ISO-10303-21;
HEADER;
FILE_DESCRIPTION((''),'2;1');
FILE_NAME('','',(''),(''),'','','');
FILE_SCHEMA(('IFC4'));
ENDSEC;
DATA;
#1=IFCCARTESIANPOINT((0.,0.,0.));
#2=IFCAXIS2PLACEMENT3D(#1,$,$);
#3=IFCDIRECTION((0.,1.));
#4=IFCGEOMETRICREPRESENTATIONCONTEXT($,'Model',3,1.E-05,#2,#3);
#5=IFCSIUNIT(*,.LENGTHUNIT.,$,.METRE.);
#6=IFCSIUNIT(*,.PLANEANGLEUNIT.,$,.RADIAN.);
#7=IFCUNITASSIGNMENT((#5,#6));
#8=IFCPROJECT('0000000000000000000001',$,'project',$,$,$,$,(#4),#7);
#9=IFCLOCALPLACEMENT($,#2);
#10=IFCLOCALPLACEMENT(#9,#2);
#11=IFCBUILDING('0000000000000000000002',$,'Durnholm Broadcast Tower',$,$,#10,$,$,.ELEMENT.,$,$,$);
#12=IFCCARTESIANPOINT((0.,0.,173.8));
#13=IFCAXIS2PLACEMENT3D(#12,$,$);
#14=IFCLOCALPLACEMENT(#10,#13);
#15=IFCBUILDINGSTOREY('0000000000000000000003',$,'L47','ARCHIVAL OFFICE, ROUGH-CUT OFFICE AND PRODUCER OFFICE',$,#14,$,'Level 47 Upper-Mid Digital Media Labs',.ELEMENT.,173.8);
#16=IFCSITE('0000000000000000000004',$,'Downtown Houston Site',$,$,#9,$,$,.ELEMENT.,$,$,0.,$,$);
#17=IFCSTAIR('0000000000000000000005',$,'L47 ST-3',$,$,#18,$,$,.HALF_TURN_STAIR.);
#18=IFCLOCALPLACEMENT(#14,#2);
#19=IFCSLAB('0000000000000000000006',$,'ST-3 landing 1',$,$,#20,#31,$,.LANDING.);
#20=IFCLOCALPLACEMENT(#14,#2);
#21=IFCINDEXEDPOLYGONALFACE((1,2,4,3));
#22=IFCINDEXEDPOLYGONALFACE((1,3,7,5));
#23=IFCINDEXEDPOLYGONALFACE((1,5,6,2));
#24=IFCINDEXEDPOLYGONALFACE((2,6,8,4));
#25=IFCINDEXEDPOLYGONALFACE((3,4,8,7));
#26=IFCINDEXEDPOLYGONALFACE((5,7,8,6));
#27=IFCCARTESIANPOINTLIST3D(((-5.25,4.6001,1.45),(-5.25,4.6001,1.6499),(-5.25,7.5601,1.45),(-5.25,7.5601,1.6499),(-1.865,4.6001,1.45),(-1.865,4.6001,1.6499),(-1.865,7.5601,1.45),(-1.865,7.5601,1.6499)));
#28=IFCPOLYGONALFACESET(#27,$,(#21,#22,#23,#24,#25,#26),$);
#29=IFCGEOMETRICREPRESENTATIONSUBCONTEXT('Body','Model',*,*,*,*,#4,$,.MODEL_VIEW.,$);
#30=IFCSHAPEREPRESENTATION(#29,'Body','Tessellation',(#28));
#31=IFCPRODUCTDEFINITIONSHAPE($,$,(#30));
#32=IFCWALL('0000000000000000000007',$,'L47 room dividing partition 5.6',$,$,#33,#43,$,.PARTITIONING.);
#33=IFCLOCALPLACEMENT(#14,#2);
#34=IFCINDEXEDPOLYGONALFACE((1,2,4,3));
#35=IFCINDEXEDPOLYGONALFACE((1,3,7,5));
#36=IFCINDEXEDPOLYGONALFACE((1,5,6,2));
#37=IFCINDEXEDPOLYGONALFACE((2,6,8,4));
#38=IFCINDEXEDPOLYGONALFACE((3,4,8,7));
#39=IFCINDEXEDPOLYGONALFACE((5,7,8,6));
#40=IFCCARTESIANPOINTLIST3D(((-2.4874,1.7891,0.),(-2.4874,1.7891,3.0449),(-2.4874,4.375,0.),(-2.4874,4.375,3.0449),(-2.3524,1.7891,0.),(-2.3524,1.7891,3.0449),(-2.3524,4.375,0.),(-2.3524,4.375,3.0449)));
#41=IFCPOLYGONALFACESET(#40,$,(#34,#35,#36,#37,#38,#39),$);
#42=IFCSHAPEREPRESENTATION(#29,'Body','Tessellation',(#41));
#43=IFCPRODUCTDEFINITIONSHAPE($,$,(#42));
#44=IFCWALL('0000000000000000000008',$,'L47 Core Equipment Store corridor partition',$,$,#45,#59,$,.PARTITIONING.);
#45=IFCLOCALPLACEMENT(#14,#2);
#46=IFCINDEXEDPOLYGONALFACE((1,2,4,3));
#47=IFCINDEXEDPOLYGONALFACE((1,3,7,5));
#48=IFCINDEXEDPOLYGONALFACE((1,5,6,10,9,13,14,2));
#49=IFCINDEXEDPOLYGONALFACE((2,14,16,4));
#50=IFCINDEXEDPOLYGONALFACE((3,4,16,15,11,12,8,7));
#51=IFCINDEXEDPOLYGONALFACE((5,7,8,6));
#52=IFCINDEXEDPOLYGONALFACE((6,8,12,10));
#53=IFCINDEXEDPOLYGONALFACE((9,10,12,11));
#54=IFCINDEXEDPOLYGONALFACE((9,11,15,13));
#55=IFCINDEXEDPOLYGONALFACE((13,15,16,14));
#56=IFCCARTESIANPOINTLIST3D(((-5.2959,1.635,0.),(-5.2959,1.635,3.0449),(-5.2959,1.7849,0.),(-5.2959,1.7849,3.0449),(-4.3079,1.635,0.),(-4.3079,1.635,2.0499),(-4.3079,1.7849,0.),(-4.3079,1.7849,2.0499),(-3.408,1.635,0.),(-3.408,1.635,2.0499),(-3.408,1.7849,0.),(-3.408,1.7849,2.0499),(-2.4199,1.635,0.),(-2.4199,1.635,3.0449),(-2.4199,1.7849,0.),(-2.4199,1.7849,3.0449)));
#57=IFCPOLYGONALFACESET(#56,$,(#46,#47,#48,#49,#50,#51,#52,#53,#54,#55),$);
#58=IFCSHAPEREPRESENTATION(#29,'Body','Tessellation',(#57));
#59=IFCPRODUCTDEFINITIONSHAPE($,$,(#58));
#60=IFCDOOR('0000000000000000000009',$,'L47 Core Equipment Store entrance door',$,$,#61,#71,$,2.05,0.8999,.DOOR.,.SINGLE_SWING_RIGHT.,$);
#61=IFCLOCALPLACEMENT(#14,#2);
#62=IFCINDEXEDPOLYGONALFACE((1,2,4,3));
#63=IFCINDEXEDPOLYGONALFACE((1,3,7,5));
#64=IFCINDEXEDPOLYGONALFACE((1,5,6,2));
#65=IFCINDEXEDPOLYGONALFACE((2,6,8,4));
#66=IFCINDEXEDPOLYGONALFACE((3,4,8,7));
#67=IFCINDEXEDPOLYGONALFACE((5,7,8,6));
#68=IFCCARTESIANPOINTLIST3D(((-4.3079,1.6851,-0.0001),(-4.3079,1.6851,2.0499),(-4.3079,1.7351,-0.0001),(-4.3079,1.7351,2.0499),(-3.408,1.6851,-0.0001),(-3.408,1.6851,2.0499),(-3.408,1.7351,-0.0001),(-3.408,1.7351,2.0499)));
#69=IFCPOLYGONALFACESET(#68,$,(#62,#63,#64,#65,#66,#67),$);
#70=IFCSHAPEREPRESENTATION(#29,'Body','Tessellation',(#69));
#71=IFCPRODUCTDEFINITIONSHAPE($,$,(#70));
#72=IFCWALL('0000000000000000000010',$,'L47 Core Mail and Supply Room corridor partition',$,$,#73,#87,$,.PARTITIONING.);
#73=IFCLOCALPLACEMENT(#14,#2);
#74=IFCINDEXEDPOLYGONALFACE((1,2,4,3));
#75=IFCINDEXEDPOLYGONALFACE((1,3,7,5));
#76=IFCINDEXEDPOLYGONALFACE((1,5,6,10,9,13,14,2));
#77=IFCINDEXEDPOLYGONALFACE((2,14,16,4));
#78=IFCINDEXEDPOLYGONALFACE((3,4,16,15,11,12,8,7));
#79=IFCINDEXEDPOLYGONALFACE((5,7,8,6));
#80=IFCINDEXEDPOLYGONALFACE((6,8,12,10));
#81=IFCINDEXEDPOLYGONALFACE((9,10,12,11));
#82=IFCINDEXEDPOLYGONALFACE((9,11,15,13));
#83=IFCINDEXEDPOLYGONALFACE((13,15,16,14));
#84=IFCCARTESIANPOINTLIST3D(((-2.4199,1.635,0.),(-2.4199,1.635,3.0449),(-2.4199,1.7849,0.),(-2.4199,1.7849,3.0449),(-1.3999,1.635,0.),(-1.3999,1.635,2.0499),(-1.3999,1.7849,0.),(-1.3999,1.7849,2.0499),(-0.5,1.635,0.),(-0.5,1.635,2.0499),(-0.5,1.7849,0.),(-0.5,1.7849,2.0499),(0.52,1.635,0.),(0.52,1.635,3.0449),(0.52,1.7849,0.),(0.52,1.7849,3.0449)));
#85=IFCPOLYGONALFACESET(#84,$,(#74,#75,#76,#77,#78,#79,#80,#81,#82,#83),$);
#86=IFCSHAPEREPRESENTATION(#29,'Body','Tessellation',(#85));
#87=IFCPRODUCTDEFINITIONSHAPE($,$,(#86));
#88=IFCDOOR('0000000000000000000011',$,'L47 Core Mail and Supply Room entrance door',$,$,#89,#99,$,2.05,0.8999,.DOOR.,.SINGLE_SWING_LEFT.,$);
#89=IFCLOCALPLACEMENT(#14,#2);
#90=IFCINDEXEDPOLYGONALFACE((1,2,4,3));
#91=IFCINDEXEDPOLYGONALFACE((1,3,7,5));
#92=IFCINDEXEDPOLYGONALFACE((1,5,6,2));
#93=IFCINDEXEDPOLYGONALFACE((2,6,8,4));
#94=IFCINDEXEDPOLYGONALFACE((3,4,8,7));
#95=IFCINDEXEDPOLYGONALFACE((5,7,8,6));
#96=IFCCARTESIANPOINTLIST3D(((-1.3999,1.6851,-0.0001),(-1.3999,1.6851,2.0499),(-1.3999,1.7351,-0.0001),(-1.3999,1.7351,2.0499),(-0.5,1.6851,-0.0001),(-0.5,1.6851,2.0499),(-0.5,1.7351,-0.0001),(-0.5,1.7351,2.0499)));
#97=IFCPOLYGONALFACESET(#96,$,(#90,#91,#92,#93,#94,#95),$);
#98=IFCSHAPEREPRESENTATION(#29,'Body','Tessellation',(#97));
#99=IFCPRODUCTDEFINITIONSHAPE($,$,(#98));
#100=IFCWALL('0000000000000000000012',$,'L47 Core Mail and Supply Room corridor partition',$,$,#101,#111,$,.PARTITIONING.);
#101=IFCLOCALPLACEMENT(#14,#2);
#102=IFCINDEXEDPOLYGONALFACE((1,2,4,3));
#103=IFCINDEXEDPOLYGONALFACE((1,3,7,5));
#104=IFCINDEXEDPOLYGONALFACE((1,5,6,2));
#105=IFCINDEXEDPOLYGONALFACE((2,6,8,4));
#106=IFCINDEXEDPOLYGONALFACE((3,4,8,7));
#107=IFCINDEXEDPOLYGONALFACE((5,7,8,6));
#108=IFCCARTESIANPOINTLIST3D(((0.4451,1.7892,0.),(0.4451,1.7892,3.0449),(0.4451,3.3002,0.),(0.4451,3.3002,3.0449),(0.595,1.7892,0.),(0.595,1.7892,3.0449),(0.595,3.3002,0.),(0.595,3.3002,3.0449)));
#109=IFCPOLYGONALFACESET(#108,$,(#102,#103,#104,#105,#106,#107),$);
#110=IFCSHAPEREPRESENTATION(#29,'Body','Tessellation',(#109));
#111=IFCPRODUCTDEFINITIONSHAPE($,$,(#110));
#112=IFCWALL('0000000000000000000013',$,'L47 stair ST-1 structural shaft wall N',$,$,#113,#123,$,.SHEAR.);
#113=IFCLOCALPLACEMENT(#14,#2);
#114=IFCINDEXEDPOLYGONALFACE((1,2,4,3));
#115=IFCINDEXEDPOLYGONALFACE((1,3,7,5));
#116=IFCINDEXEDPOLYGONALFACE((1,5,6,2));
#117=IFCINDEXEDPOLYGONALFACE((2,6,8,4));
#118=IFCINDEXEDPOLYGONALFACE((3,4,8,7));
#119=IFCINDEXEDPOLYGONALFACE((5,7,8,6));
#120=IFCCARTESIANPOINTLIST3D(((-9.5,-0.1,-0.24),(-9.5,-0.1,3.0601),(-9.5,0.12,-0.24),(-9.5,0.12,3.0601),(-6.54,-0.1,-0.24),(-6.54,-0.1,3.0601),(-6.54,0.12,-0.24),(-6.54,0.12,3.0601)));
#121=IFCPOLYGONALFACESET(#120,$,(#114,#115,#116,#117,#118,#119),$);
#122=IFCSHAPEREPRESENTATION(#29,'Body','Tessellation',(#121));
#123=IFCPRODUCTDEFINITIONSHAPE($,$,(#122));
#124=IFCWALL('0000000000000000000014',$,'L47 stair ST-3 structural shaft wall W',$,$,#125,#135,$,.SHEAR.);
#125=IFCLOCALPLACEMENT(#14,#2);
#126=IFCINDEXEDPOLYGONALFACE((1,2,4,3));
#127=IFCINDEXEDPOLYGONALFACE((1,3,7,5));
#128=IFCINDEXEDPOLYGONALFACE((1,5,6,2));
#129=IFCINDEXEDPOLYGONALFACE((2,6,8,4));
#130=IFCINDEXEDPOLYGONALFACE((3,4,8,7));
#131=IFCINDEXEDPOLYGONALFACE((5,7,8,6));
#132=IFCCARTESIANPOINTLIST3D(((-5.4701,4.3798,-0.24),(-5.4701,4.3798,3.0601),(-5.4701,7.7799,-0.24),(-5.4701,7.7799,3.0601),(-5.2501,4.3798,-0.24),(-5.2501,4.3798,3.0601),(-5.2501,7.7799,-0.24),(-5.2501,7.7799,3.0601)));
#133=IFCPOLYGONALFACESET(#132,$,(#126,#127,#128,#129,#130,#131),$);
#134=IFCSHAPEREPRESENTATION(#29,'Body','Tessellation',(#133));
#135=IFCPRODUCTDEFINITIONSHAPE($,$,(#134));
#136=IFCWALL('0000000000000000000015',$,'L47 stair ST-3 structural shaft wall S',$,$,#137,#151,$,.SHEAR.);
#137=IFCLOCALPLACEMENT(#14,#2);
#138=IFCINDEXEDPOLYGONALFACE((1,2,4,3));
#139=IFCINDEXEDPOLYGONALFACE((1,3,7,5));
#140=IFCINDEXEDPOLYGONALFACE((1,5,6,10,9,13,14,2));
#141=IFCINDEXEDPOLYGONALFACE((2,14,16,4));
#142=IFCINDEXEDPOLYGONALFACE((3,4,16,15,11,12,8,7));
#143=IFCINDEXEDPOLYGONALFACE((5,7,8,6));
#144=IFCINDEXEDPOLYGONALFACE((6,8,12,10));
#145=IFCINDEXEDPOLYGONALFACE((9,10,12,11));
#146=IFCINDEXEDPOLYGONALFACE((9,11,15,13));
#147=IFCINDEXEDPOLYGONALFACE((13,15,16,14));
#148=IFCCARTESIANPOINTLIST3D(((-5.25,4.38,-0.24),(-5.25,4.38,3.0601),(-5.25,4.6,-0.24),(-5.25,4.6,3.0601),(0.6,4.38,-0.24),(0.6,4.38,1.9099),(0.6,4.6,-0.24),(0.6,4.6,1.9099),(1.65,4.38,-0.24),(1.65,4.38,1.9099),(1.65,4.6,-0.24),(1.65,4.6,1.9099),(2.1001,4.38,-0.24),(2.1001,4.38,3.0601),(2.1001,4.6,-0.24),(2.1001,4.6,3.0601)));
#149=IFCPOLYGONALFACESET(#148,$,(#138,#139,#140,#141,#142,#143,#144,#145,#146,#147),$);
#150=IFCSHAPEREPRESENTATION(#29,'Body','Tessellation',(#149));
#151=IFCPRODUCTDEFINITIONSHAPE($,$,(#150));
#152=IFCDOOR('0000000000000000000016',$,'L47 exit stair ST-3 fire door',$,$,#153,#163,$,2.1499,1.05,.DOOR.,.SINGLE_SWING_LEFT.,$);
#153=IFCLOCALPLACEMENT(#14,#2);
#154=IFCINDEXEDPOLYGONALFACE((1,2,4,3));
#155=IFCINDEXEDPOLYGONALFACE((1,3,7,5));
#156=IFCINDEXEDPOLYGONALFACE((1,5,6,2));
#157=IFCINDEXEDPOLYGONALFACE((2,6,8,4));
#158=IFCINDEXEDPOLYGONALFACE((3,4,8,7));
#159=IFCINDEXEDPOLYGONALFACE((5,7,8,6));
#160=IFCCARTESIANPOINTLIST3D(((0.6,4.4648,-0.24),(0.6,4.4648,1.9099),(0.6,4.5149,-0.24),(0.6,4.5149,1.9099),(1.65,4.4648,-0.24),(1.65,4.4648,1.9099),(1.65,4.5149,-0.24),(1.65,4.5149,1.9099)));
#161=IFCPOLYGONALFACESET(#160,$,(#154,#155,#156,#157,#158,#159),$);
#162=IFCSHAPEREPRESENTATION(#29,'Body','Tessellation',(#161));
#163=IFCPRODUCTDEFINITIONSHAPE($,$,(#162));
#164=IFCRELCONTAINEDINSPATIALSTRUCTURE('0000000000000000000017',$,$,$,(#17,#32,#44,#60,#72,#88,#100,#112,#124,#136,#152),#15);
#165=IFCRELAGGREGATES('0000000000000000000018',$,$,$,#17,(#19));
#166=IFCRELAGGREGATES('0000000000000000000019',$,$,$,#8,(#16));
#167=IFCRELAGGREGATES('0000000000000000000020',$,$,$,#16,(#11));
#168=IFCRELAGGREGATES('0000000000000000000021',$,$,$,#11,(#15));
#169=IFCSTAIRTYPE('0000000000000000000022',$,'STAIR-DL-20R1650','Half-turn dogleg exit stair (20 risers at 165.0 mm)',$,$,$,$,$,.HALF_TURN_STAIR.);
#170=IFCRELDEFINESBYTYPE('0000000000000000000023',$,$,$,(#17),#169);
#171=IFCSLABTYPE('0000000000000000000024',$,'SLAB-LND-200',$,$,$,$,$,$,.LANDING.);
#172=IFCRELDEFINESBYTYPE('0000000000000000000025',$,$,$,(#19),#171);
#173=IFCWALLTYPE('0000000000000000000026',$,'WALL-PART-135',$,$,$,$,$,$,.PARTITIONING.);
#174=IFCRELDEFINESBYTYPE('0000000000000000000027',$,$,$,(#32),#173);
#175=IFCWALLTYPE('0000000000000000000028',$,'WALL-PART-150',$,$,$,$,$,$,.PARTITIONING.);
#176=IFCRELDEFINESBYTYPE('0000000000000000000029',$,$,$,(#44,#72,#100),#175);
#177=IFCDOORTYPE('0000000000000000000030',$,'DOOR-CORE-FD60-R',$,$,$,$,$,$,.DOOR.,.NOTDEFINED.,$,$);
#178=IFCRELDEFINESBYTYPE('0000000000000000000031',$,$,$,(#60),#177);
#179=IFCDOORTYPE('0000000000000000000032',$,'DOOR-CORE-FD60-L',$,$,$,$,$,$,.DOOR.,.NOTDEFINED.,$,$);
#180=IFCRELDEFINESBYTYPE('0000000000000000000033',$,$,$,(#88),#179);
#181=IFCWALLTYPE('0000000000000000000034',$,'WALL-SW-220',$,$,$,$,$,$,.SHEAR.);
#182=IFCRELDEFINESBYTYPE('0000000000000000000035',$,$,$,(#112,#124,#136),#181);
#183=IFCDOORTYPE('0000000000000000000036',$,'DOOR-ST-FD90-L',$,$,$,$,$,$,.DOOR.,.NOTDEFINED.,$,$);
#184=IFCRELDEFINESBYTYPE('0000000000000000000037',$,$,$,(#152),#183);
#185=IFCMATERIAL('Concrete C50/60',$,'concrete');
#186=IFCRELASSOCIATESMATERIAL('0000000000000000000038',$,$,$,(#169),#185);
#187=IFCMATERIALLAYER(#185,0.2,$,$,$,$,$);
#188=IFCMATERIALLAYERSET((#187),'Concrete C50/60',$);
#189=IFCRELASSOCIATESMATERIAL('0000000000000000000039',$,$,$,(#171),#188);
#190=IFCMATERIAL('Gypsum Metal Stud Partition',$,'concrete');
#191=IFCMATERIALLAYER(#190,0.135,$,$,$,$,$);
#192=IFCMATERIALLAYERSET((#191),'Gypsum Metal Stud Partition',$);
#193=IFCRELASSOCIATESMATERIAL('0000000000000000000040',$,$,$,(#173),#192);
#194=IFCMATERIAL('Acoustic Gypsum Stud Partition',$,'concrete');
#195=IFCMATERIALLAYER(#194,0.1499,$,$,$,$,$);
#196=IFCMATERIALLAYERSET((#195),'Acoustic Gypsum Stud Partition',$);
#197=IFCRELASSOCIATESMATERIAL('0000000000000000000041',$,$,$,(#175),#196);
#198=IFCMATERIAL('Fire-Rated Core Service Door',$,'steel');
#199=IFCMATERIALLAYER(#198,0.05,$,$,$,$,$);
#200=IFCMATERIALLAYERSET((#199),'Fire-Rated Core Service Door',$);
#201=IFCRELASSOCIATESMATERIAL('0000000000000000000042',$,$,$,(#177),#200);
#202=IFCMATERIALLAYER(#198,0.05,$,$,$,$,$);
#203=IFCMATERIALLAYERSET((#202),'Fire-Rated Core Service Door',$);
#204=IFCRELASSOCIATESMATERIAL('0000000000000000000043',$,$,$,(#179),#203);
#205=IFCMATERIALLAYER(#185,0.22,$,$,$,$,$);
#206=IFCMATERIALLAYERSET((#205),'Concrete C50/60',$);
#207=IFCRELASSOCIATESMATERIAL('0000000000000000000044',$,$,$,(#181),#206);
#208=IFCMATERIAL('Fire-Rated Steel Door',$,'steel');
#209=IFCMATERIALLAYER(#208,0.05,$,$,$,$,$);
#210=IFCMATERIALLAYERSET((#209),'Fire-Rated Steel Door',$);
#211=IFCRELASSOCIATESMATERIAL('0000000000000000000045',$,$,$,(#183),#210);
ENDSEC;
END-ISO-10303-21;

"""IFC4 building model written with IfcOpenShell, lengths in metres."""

from ifc_helpers import new_model, si_unit, direction, frame, frame_2d, origin, place, context, subcontext, project, spatial, polyline, rectangle, outline, extrude, source, transform, mapped, material, layer, layer_set, type_object, type_shapes, element, fill, aggregate, save


model = new_model("IFC4")

# Units and contexts
model_context = context("Model", 3, precision=1e-05, world=origin(), true_north=direction((0.0, 1.0)))
body_context = subcontext(model_context, "Body", "Model", "MODEL_VIEW")
ifc_project = project(units=[si_unit("LENGTHUNIT", "METRE"), si_unit("PLANEANGLEUNIT", "RADIAN")], contexts=[model_context])

# Site, building, storey
site_placement = place(None, origin())
site = spatial("IfcSite", under=ifc_project, at=site_placement, Name="Downtown Houston Site", CompositionType="ELEMENT", RefElevation=0.0)
building_placement = place(site_placement, origin())
building = spatial("IfcBuilding", under=site, at=building_placement, Name="Durnholm Broadcast Tower", CompositionType="ELEMENT")
storey_placement = place(building_placement, frame((0.0, 0.0, 173.8)))
storey = spatial("IfcBuildingStorey", under=building, at=storey_placement, Name="L47", Description="ARCHIVAL OFFICE, ROUGH-CUT OFFICE AND PRODUCER OFFICE", LongName="Level 47 Upper-Mid Digital Media Labs", CompositionType="ELEMENT", Elevation=173.8)

# Stair, slab
ifc_material_1 = material(Name="Concrete C50/60", Category="concrete")
stair_type = type_object("IfcStairType", Name="STAIR-DL-20R1650", Description="Half-turn dogleg exit stair (20 risers at 165.0 mm)", PredefinedType="HALF_TURN_STAIR", material=ifc_material_1)
stair_placement = place(storey_placement, origin())
stair = element("IfcStair", 1, at=stair_placement, inside=storey, type_object=stair_type, Name="L47 ST-3", PredefinedType="HALF_TURN_STAIR")
ifc_layer_1 = layer(ifc_material_1, 0.2)
ifc_layer_set_1 = layer_set([ifc_layer_1], Name="Concrete C50/60")
slab_type = type_object("IfcSlabType", Name="SLAB-LND-200", PredefinedType="LANDING", material=ifc_layer_set_1)
slab_placement = place(storey_placement, frame((0.0, 0.0, 1.45)))
slab = element("IfcSlab", 2, at=slab_placement, type_object=slab_type, Name="ST-3 landing 1", PredefinedType="LANDING", context=body_context, shape_type="SweptSolid", body=[
    extrude(outline(polyline([(-1.865, 7.5601), (-5.25, 7.5601), (-5.25, 4.6001), (-1.865, 4.6001), (-1.865, 7.5601)])), origin(), (0.0, 0.0, 1.0), 0.2),
])

# Wall
ifc_material_2 = material(Name="Gypsum Metal Stud Partition", Category="concrete")
ifc_layer_2 = layer(ifc_material_2, 0.135)
ifc_layer_set_2 = layer_set([ifc_layer_2], Name="Gypsum Metal Stud Partition")
wall_type_1 = type_object("IfcWallType", Name="WALL-PART-135", PredefinedType="PARTITIONING", material=ifc_layer_set_2)
wall_1_placement = place(storey_placement, frame((-2.4199, 4.375, 0.0), z_axis=(0.0, 0.0, 1.0), x_axis=(0.0, -1.0, 0.0)))
element("IfcWall", 3, at=wall_1_placement, inside=storey, type_object=wall_type_1, Name="L47 room dividing partition 5.6", PredefinedType="PARTITIONING", context=body_context, shape_type="SweptSolid", body=[
    extrude(rectangle(XDim=2.5859, YDim=0.135, at=frame_2d((1.293, 0.0))), origin(), (0.0, 0.0, 1.0), 3.0449),
])

# Walls, openings, doors
ifc_material_3 = material(Name="Acoustic Gypsum Stud Partition", Category="concrete")
ifc_layer_3 = layer(ifc_material_3, 0.1499)
ifc_layer_set_3 = layer_set([ifc_layer_3], Name="Acoustic Gypsum Stud Partition")
wall_type_2 = type_object("IfcWallType", Name="WALL-PART-150", PredefinedType="PARTITIONING", material=ifc_layer_set_3)
wall_2_placement = place(storey_placement, frame((-2.4199, 1.71, 0.0), z_axis=(0.0, 0.0, 1.0), x_axis=(-1.0, 0.0, 0.0)))
wall_2 = element("IfcWall", 4, at=wall_2_placement, inside=storey, type_object=wall_type_2, Name="L47 Core Equipment Store corridor partition", PredefinedType="PARTITIONING", context=body_context, shape_type="SweptSolid", body=[
    extrude(rectangle(XDim=2.876, YDim=0.1499, at=frame_2d((1.438, 0.0))), origin(), (0.0, 0.0, 1.0), 3.0449),
])
opening_1_placement = place(wall_2_placement, frame((0.988, 0.0, 0.0)))
opening_1 = element("IfcOpeningElement", 5, at=opening_1_placement, cuts=wall_2, PredefinedType="OPENING", context=body_context, shape_type="SweptSolid", body=[
    extrude(rectangle(XDim=0.8999, YDim=2.05, at=frame_2d((0.45, 1.0249))), frame((0.0, 0.085, 0.0), z_axis=(0.0, -1.0, 0.0), x_axis=(1.0, 0.0, 0.0)), (0.0, 0.0, 1.0), 0.1699),
])
ifc_material_4 = material(Name="Fire-Rated Core Service Door", Category="steel")
ifc_layer_4 = layer(ifc_material_4, 0.05)
ifc_layer_set_4 = layer_set([ifc_layer_4], Name="Fire-Rated Core Service Door")
door_type_1 = type_object("IfcDoorType", Name="DOOR-CORE-FD60-R", OperationType="NOTDEFINED", PredefinedType="DOOR", material=ifc_layer_set_4)
shared_shape_1 = source(origin(), body_context, "Body", "SweptSolid", [
    extrude(rectangle(XDim=0.8999, YDim=2.05, at=frame_2d((0.45, 1.0249))), frame((0.0, 0.0249, 0.0), z_axis=(0.0, -1.0, 0.0), x_axis=(1.0, 0.0, 0.0)), (0.0, 0.0, 1.0), 0.05),
])
type_shapes(door_type_1, [shared_shape_1])
door_1_placement = place(opening_1_placement, origin())
door_1 = element("IfcDoor", 6, at=door_1_placement, inside=storey, type_object=door_type_1, Name="L47 Core Equipment Store entrance door", OperationType="SINGLE_SWING_RIGHT", OverallHeight=2.05, OverallWidth=0.8999, PredefinedType="DOOR", context=body_context, shape_type="MappedRepresentation", body=[
    mapped(shared_shape_1, transform((0.0, 0.0, 0.0), x_axis=(1.0, 0.0, 0.0), y_axis=(0.0, 1.0, 0.0), z_axis=(0.0, 0.0, 1.0), scale=1.0)),
])
fill(opening_1, door_1)
wall_3_placement = place(storey_placement, frame((0.52, 1.71, 0.0), z_axis=(0.0, 0.0, 1.0), x_axis=(-1.0, 0.0, 0.0)))
wall_3 = element("IfcWall", 7, at=wall_3_placement, inside=storey, type_object=wall_type_2, Name="L47 Core Mail and Supply Room corridor partition", PredefinedType="PARTITIONING", context=body_context, shape_type="SweptSolid", body=[
    extrude(rectangle(XDim=2.9399, YDim=0.1499, at=frame_2d((1.47, 0.0))), origin(), (0.0, 0.0, 1.0), 3.0449),
])
opening_2_placement = place(wall_3_placement, frame((1.02, 0.0, 0.0)))
opening_2 = element("IfcOpeningElement", 8, at=opening_2_placement, cuts=wall_3, PredefinedType="OPENING", context=body_context, shape_type="SweptSolid", body=[
    extrude(rectangle(XDim=0.8999, YDim=2.05, at=frame_2d((0.45, 1.0249))), frame((0.0, 0.085, 0.0), z_axis=(0.0, -1.0, 0.0), x_axis=(1.0, 0.0, 0.0)), (0.0, 0.0, 1.0), 0.1699),
])
ifc_layer_5 = layer(ifc_material_4, 0.05)
ifc_layer_set_5 = layer_set([ifc_layer_5], Name="Fire-Rated Core Service Door")
door_type_2 = type_object("IfcDoorType", Name="DOOR-CORE-FD60-L", OperationType="NOTDEFINED", PredefinedType="DOOR", material=ifc_layer_set_5)
shared_shape_2 = source(origin(), body_context, "Body", "SweptSolid", [
    extrude(rectangle(XDim=0.8999, YDim=2.05, at=frame_2d((0.45, 1.0249))), frame((0.0, 0.0249, 0.0), z_axis=(0.0, -1.0, 0.0), x_axis=(1.0, 0.0, 0.0)), (0.0, 0.0, 1.0), 0.05),
])
type_shapes(door_type_2, [shared_shape_2])
door_2_placement = place(opening_2_placement, origin())
door_2 = element("IfcDoor", 9, at=door_2_placement, inside=storey, type_object=door_type_2, Name="L47 Core Mail and Supply Room entrance door", OperationType="SINGLE_SWING_LEFT", OverallHeight=2.05, OverallWidth=0.8999, PredefinedType="DOOR", context=body_context, shape_type="MappedRepresentation", body=[
    mapped(shared_shape_2, transform((0.0, 0.0, 0.0), x_axis=(1.0, 0.0, 0.0), y_axis=(0.0, 1.0, 0.0), z_axis=(0.0, 0.0, 1.0), scale=1.0)),
])
fill(opening_2, door_2)

# Walls
wall_4_placement = place(storey_placement, frame((0.52, 3.3, 0.0), z_axis=(0.0, 0.0, 1.0), x_axis=(0.0, -1.0, 0.0)))
element("IfcWall", 10, at=wall_4_placement, inside=storey, type_object=wall_type_2, Name="L47 Core Mail and Supply Room corridor partition", PredefinedType="PARTITIONING", context=body_context, shape_type="SweptSolid", body=[
    extrude(rectangle(XDim=1.511, YDim=0.1499, at=frame_2d((0.7554, 0.0))), origin(), (0.0, 0.0, 1.0), 3.0449),
])
ifc_layer_6 = layer(ifc_material_1, 0.22)
ifc_layer_set_6 = layer_set([ifc_layer_6], Name="Concrete C50/60")
wall_type_3 = type_object("IfcWallType", Name="WALL-SW-220", PredefinedType="SHEAR", material=ifc_layer_set_6)
wall_5_placement = place(storey_placement, frame((-6.54, 0.01, -0.24), z_axis=(0.0, 0.0, 1.0), x_axis=(-1.0, 0.0, 0.0)))
element("IfcWall", 11, at=wall_5_placement, inside=storey, type_object=wall_type_3, Name="L47 stair ST-1 structural shaft wall N", PredefinedType="SHEAR", context=body_context, shape_type="SweptSolid", body=[
    extrude(rectangle(XDim=2.96, YDim=0.22, at=frame_2d((1.48, 0.0))), origin(), (0.0, 0.0, 1.0), 3.3),
])
wall_6_placement = place(storey_placement, frame((-5.3601, 7.78, -0.24), z_axis=(0.0, 0.0, 1.0), x_axis=(0.0, -1.0, 0.0)))
element("IfcWall", 12, at=wall_6_placement, inside=storey, type_object=wall_type_3, Name="L47 stair ST-3 structural shaft wall W", PredefinedType="SHEAR", context=body_context, shape_type="SweptSolid", body=[
    extrude(rectangle(XDim=3.4001, YDim=0.22, at=frame_2d((1.7002, 0.0))), origin(), (0.0, 0.0, 1.0), 3.3),
])

# Wall, opening, door
wall_7_placement = place(storey_placement, frame((-5.25, 4.49, -0.24), z_axis=(0.0, 0.0, 1.0), x_axis=(1.0, 0.0, 0.0)))
wall_7 = element("IfcWall", 13, at=wall_7_placement, inside=storey, type_object=wall_type_3, Name="L47 stair ST-3 structural shaft wall S", PredefinedType="SHEAR", context=body_context, shape_type="SweptSolid", body=[
    extrude(rectangle(XDim=7.3501, YDim=0.22, at=frame_2d((3.675, 0.0))), origin(), (0.0, 0.0, 1.0), 3.3),
])
opening_3_placement = place(wall_7_placement, frame((5.8501, 0.0, 0.0)))
opening_3 = element("IfcOpeningElement", 14, at=opening_3_placement, cuts=wall_7, PredefinedType="OPENING", context=body_context, shape_type="SweptSolid", body=[
    extrude(rectangle(XDim=1.05, YDim=2.1499, at=frame_2d((0.5249, 1.075))), frame((0.0, 0.1201, 0.0), z_axis=(0.0, -1.0, 0.0), x_axis=(1.0, 0.0, 0.0)), (0.0, 0.0, 1.0), 0.24),
])
ifc_material_5 = material(Name="Fire-Rated Steel Door", Category="steel")
ifc_layer_7 = layer(ifc_material_5, 0.05)
ifc_layer_set_7 = layer_set([ifc_layer_7], Name="Fire-Rated Steel Door")
door_type_3 = type_object("IfcDoorType", Name="DOOR-ST-FD90-L", OperationType="NOTDEFINED", PredefinedType="DOOR", material=ifc_layer_set_7)
shared_shape_3 = source(origin(), body_context, "Body", "SweptSolid", [
    extrude(rectangle(XDim=1.05, YDim=2.1499, at=frame_2d((0.5249, 1.075))), frame((0.0, 0.0249, 0.0), z_axis=(0.0, -1.0, 0.0), x_axis=(1.0, 0.0, 0.0)), (0.0, 0.0, 1.0), 0.05),
])
type_shapes(door_type_3, [shared_shape_3])
door_3_placement = place(opening_3_placement, origin())
door_3 = element("IfcDoor", 15, at=door_3_placement, inside=storey, type_object=door_type_3, Name="L47 exit stair ST-3 fire door", OperationType="SINGLE_SWING_LEFT", OverallHeight=2.1499, OverallWidth=1.05, PredefinedType="DOOR", context=body_context, shape_type="MappedRepresentation", body=[
    mapped(shared_shape_3, transform((0.0, 0.0, 0.0), x_axis=(1.0, 0.0, 0.0), y_axis=(0.0, 1.0, 0.0), z_axis=(0.0, 0.0, 1.0), scale=1.0)),
])
fill(opening_3, door_3)

aggregate(stair, [slab])

save(model, "model.ifc")
